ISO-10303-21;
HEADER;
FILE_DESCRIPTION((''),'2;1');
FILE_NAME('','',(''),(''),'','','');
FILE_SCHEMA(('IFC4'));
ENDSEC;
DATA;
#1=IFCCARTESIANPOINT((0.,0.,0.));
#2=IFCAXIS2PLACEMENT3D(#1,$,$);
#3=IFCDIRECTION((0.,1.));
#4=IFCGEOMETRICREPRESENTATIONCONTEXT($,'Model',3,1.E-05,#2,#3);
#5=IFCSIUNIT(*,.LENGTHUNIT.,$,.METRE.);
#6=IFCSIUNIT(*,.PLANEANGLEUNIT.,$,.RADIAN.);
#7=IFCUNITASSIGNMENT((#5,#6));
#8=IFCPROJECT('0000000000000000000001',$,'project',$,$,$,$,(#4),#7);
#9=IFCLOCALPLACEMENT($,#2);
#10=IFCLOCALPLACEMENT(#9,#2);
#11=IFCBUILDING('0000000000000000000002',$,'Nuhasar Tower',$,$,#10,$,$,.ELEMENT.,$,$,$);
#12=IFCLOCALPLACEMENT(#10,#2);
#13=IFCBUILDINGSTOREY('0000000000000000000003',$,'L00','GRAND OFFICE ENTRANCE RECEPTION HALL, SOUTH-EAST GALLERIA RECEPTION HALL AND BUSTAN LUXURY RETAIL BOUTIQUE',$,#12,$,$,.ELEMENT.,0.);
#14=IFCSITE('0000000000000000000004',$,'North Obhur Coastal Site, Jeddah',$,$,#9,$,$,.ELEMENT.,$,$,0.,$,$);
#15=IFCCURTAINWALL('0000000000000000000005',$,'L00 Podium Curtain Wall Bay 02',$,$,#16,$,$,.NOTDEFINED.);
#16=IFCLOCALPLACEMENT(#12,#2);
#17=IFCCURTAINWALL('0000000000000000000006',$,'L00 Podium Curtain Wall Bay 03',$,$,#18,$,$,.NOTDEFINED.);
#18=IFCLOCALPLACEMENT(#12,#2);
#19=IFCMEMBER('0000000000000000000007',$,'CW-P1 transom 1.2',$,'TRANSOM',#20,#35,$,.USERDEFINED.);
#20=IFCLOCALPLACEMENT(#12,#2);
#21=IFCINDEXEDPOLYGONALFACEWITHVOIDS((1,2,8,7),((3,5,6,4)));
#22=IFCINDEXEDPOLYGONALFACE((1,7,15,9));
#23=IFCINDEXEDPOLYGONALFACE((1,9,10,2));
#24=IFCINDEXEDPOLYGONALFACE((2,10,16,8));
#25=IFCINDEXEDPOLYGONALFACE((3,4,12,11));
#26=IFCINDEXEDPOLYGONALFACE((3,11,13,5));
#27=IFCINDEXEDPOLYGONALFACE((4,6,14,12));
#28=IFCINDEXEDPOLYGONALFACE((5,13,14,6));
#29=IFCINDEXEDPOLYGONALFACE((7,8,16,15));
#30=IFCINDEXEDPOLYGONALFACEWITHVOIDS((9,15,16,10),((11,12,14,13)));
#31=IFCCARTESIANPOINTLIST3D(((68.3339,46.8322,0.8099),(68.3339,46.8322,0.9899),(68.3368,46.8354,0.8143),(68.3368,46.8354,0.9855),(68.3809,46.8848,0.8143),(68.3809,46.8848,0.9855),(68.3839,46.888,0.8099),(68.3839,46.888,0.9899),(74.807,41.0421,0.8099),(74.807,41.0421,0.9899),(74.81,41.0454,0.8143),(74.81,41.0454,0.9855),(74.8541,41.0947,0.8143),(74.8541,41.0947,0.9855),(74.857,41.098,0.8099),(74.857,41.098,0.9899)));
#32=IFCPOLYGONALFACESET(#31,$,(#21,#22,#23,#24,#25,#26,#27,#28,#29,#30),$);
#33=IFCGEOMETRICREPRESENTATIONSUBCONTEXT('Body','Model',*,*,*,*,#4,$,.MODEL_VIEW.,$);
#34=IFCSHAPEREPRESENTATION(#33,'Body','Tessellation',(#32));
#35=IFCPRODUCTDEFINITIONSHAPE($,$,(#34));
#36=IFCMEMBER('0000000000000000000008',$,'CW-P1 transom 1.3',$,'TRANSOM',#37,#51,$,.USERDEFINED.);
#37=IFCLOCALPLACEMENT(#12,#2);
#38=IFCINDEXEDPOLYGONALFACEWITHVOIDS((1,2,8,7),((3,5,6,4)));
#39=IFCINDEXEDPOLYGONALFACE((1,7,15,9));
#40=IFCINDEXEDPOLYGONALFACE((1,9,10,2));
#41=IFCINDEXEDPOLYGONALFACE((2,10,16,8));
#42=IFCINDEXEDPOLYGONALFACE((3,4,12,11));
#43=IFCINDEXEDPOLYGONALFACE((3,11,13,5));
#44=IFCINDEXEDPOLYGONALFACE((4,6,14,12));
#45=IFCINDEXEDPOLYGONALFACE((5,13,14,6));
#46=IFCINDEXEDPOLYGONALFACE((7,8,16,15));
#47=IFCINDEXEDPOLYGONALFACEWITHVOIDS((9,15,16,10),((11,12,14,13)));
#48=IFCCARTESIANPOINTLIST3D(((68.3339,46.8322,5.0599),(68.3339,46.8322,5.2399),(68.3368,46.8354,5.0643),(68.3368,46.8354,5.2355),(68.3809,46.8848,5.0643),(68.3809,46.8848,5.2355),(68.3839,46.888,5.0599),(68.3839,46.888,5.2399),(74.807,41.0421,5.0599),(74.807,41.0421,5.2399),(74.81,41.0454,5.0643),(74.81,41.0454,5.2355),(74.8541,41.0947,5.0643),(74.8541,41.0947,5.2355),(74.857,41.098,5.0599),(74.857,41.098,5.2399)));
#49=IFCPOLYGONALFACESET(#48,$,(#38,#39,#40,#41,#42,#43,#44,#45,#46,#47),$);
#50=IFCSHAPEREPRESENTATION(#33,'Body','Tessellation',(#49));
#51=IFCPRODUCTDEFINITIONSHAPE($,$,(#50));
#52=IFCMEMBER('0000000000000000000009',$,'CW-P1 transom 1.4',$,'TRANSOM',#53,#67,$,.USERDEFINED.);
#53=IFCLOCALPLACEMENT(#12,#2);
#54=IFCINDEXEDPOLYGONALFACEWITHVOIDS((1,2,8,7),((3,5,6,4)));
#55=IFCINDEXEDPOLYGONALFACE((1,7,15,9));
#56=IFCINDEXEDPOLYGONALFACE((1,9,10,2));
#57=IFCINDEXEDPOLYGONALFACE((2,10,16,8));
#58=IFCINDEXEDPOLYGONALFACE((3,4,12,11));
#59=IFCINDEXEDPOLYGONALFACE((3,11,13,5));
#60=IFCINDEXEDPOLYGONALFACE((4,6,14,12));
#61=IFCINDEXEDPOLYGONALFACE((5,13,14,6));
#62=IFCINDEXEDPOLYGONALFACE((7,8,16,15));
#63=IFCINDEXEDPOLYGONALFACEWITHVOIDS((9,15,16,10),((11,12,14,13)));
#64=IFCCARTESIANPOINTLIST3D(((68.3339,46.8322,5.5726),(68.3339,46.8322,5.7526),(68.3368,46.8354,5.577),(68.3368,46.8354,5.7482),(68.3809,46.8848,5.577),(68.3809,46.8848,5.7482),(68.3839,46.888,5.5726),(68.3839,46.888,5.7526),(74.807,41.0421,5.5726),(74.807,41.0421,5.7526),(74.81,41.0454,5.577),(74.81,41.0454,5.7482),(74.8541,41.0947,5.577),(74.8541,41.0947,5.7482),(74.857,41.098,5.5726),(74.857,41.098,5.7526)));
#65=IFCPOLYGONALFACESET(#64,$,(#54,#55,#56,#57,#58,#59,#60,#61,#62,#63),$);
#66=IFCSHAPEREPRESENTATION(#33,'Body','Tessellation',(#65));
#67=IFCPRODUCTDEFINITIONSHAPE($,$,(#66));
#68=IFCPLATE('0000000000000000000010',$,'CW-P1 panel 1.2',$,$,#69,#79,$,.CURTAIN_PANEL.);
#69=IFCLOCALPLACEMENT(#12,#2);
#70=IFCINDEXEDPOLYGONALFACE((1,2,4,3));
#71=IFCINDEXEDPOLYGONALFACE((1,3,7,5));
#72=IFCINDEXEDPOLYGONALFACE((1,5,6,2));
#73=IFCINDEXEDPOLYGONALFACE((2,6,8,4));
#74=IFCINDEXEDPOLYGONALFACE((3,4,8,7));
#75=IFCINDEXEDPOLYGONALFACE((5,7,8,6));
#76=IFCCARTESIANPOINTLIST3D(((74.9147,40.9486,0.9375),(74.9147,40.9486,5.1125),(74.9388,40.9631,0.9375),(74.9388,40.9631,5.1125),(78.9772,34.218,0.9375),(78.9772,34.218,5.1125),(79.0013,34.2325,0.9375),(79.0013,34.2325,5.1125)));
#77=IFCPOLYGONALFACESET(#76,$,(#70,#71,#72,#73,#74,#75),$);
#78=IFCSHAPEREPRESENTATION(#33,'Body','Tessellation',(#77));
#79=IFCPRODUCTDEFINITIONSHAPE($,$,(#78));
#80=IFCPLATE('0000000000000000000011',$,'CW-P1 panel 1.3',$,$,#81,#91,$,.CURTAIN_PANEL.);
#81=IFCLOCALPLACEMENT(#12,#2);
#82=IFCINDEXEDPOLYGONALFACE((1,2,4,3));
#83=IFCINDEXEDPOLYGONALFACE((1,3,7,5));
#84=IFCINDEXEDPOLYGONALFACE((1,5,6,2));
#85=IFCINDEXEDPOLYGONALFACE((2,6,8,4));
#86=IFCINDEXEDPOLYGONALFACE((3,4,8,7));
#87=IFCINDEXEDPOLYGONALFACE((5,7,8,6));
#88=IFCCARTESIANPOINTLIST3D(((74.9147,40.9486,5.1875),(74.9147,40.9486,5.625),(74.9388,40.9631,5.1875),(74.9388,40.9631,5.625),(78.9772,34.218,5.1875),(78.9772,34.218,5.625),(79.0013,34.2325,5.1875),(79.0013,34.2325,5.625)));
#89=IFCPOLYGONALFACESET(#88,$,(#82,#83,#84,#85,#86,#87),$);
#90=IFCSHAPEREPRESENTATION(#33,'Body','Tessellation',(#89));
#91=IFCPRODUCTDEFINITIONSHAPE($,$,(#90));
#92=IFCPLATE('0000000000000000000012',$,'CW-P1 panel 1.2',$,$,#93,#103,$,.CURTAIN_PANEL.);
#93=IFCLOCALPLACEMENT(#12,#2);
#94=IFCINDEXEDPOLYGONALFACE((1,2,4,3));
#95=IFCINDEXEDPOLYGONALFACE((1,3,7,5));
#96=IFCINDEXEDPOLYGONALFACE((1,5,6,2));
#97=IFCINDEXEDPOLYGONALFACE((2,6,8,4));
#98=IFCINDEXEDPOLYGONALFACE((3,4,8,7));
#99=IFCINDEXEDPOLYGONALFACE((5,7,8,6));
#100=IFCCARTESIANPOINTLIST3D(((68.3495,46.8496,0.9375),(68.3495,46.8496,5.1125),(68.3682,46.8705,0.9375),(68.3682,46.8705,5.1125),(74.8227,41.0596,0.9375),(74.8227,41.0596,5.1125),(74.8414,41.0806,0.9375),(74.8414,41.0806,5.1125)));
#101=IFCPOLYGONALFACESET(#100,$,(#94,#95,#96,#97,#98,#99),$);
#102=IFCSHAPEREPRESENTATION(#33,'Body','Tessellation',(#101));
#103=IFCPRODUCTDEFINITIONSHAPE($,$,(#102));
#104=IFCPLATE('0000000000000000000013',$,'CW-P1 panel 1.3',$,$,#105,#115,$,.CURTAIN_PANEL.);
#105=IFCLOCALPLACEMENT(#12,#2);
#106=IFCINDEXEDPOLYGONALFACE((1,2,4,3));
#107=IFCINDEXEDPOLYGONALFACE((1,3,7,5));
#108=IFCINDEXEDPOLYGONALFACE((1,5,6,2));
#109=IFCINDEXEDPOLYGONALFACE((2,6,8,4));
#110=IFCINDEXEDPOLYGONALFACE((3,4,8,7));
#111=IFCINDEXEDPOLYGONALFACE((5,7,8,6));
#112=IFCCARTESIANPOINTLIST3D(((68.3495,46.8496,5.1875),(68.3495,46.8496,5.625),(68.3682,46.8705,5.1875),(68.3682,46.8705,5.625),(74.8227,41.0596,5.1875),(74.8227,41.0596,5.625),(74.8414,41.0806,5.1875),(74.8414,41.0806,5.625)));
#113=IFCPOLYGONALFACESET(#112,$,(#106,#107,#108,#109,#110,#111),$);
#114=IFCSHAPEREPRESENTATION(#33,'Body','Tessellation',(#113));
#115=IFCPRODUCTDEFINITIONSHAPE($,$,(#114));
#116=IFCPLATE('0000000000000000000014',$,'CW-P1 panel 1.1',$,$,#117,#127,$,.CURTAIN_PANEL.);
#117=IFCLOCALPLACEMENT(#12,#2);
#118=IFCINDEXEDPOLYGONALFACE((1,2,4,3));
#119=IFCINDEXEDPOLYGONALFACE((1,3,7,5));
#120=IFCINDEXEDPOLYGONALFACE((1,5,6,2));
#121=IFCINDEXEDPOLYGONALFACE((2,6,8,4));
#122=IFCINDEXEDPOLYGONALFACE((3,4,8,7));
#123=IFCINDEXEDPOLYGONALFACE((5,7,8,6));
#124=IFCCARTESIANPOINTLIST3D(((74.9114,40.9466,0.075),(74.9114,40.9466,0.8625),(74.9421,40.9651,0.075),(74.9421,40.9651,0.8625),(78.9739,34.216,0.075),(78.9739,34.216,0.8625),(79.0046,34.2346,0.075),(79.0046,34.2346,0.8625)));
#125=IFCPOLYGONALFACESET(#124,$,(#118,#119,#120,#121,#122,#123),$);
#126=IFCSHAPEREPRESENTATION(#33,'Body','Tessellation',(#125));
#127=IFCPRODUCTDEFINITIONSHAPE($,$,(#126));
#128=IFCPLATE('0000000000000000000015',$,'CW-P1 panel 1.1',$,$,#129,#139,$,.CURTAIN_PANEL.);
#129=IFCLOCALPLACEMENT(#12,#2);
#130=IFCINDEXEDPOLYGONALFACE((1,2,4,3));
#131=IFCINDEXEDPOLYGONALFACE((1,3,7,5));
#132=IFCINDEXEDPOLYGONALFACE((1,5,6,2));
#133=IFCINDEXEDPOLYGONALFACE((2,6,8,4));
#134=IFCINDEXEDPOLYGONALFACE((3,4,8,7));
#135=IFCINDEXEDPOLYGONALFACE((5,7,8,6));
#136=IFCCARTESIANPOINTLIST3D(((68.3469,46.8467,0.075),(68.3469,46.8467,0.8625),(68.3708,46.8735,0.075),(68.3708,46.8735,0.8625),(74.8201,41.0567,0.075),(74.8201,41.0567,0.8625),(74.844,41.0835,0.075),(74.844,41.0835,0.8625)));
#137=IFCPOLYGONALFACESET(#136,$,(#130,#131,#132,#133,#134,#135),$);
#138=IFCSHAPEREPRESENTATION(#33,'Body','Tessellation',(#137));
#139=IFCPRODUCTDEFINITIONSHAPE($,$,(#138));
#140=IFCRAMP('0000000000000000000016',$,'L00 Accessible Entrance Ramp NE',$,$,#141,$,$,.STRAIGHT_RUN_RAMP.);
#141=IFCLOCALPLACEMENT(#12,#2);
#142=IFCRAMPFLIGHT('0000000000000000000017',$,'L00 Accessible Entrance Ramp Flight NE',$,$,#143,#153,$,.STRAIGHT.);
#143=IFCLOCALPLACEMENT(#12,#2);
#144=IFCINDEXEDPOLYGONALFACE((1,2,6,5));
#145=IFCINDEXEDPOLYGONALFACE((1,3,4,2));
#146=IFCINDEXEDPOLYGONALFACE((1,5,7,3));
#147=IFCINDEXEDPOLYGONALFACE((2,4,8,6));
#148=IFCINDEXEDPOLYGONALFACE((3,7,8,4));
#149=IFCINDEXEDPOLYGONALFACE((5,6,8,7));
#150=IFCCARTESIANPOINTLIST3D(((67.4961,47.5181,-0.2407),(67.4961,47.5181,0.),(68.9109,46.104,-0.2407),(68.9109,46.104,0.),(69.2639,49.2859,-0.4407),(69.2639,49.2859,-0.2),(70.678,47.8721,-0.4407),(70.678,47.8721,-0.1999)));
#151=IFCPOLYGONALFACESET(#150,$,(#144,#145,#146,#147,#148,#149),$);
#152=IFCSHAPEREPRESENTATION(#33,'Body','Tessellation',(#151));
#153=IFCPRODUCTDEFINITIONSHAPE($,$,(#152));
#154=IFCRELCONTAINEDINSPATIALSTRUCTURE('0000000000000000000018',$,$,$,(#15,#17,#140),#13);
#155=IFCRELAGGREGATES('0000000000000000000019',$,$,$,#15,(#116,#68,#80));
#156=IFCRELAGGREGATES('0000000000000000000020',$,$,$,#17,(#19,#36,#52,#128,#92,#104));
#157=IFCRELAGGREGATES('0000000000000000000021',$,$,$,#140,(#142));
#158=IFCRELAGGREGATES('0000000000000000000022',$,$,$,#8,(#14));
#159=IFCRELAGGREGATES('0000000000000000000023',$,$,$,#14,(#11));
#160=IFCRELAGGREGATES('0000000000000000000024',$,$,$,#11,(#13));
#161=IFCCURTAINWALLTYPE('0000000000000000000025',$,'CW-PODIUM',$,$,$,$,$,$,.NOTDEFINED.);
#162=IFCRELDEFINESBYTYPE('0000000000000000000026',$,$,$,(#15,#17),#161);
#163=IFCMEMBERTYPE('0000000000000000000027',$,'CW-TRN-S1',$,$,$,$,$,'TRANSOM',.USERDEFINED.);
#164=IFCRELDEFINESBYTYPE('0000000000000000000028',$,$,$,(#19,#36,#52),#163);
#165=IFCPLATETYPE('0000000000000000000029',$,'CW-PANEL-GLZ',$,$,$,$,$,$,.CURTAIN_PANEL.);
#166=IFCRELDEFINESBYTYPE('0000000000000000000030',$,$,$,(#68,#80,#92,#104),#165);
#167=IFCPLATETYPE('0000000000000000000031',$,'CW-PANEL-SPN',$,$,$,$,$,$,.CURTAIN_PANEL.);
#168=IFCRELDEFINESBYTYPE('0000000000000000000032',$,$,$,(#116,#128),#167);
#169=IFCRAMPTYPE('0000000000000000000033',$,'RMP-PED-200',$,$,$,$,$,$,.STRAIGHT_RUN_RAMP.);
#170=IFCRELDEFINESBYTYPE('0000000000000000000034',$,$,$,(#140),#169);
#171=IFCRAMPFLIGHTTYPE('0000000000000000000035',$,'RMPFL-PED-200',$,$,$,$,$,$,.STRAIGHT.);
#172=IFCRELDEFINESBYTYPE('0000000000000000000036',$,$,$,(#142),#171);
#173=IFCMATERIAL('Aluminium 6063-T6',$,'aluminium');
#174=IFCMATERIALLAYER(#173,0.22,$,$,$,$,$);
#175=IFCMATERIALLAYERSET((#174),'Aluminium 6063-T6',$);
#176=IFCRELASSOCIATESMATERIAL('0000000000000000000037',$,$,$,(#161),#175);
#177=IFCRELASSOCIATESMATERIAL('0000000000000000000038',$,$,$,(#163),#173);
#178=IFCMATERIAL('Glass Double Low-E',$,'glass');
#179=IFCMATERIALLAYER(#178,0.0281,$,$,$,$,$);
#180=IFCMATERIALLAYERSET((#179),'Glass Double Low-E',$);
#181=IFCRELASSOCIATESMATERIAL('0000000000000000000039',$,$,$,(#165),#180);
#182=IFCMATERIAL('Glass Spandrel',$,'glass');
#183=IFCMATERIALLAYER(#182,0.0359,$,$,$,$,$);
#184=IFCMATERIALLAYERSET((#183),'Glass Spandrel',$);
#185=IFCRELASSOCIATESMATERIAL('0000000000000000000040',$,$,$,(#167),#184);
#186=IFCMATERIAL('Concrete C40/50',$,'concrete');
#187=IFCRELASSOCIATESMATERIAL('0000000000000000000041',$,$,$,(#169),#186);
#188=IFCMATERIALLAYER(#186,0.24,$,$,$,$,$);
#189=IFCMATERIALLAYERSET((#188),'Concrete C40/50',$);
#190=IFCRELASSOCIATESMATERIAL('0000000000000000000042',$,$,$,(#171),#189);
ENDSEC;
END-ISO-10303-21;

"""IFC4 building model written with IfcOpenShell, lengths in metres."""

from ifc_helpers import new_model, si_unit, direction, frame, origin, origin_2d, place, context, subcontext, project, spatial, polyline, rectangle, hollow_rectangle, outline, extrude, material, layer, layer_set, material_profile, profile_set, type_object, element, aggregate, save


model = new_model("IFC4")

# Units and contexts
model_context = context("Model", 3, precision=1e-05, world=origin(), true_north=direction((0.0, 1.0)))
body_context = subcontext(model_context, "Body", "Model", "MODEL_VIEW")
ifc_project = project(units=[si_unit("LENGTHUNIT", "METRE"), si_unit("PLANEANGLEUNIT", "RADIAN")], contexts=[model_context])

# Site, building, storey
site_placement = place(None, origin())
site = spatial("IfcSite", under=ifc_project, at=site_placement, Name="North Obhur Coastal Site, Jeddah", CompositionType="ELEMENT", RefElevation=0.0)
building_placement = place(site_placement, origin())
building = spatial("IfcBuilding", under=site, at=building_placement, Name="Nuhasar Tower", CompositionType="ELEMENT")
storey_placement = place(building_placement, origin())
storey = spatial("IfcBuildingStorey", under=building, at=storey_placement, Name="L00", Description="GRAND OFFICE ENTRANCE RECEPTION HALL, SOUTH-EAST GALLERIA RECEPTION HALL AND BUSTAN LUXURY RETAIL BOUTIQUE", CompositionType="ELEMENT", Elevation=0.0)

# Shared definitions
ifc_material_1 = material(Name="Concrete C40/50", Category="concrete")

# Curtain wall
ifc_material_2 = material(Name="Aluminium 6063-T6", Category="aluminium")
ifc_layer_1 = layer(ifc_material_2, 0.22)
ifc_layer_set_1 = layer_set([ifc_layer_1], Name="Aluminium 6063-T6")
curtain_wall_type = type_object("IfcCurtainWallType", Name="CW-PODIUM", PredefinedType="NOTDEFINED", material=ifc_layer_set_1)
curtain_wall_1_placement = place(storey_placement, origin())
curtain_wall_1 = element("IfcCurtainWall", 1, at=curtain_wall_1_placement, inside=storey, type_object=curtain_wall_type, Name="L00 Podium Curtain Wall Bay 02", PredefinedType="NOTDEFINED")

# Curtain wall, members
curtain_wall_2_placement = place(storey_placement, origin())
curtain_wall_2 = element("IfcCurtainWall", 2, at=curtain_wall_2_placement, inside=storey, type_object=curtain_wall_type, Name="L00 Podium Curtain Wall Bay 03", PredefinedType="NOTDEFINED")
ifc_material_profile_1 = material_profile(ifc_material_2, hollow_rectangle(XDim=0.075, YDim=0.1799, WallThickness=0.0044, at=origin_2d()), Name="CWT-1")
ifc_profile_set_1 = profile_set([ifc_material_profile_1], Name="Aluminium 6063-T6")
member_type_1 = type_object("IfcMemberType", Name="CW-TRN-S1", ElementType="TRANSOM", PredefinedType="USERDEFINED", material=ifc_profile_set_1)
member_1_placement = place(storey_placement, frame((74.832, 41.0701, 0.8999), z_axis=(-0.74534, 0.666685, 0.0), x_axis=(-0.666685, -0.74534, 0.0)))
member_1 = element("IfcMember", 3, at=member_1_placement, type_object=member_type_1, Name="CW-P1 transom 1.2", ObjectType="TRANSOM", PredefinedType="USERDEFINED", context=body_context, shape_type="SweptSolid", body=[
    extrude(hollow_rectangle(XDim=0.075, YDim=0.1799, WallThickness=0.0044, at=origin_2d()), origin(), (0.0, 0.0, 1.0), 8.6848),
])
member_2_placement = place(storey_placement, frame((74.832, 41.0701, 5.1499), z_axis=(-0.74534, 0.666685, 0.0), x_axis=(-0.666685, -0.74534, 0.0)))
member_2 = element("IfcMember", 4, at=member_2_placement, type_object=member_type_1, Name="CW-P1 transom 1.3", ObjectType="TRANSOM", PredefinedType="USERDEFINED", context=body_context, shape_type="SweptSolid", body=[
    extrude(hollow_rectangle(XDim=0.075, YDim=0.1799, WallThickness=0.0044, at=origin_2d()), origin(), (0.0, 0.0, 1.0), 8.6848),
])
member_3_placement = place(storey_placement, frame((74.832, 41.0701, 5.6626), z_axis=(-0.74534, 0.666685, 0.0), x_axis=(-0.666685, -0.74534, 0.0)))
member_3 = element("IfcMember", 5, at=member_3_placement, type_object=member_type_1, Name="CW-P1 transom 1.4", ObjectType="TRANSOM", PredefinedType="USERDEFINED", context=body_context, shape_type="SweptSolid", body=[
    extrude(hollow_rectangle(XDim=0.075, YDim=0.1799, WallThickness=0.0044, at=origin_2d()), origin(), (0.0, 0.0, 1.0), 8.6848),
])

# Plates
ifc_material_3 = material(Name="Glass Double Low-E", Category="glass")
ifc_layer_2 = layer(ifc_material_3, 0.0281)
ifc_layer_set_2 = layer_set([ifc_layer_2], Name="Glass Double Low-E")
plate_type_1 = type_object("IfcPlateType", Name="CW-PANEL-GLZ", PredefinedType="CURTAIN_PANEL", material=ifc_layer_set_2)
plate_1_placement = place(storey_placement, frame((76.958, 37.5906, 0.9375), z_axis=(0.0, 0.0, 1.0), x_axis=(-0.516752, 0.856135, 0.0)))
plate_1 = element("IfcPlate", 6, at=plate_1_placement, type_object=plate_type_1, Name="CW-P1 panel 1.2", PredefinedType="CURTAIN_PANEL", context=body_context, shape_type="SweptSolid", body=[
    extrude(rectangle(XDim=7.8616, YDim=0.0281, at=origin_2d()), origin(), (0.0, 0.0, 1.0), 4.175),
])
plate_2_placement = place(storey_placement, frame((76.958, 37.5906, 5.1875), z_axis=(0.0, 0.0, 1.0), x_axis=(-0.516752, 0.856135, 0.0)))
plate_2 = element("IfcPlate", 7, at=plate_2_placement, type_object=plate_type_1, Name="CW-P1 panel 1.3", PredefinedType="CURTAIN_PANEL", context=body_context, shape_type="SweptSolid", body=[
    extrude(rectangle(XDim=7.8616, YDim=0.0281, at=origin_2d()), origin(), (0.0, 0.0, 1.0), 0.4375),
])
plate_3_placement = place(storey_placement, frame((71.5955, 43.9651, 0.9375), z_axis=(0.0, 0.0, 1.0), x_axis=(-0.745345, 0.666679, 0.0)))
plate_3 = element("IfcPlate", 8, at=plate_3_placement, type_object=plate_type_1, Name="CW-P1 panel 1.2", PredefinedType="CURTAIN_PANEL", context=body_context, shape_type="SweptSolid", body=[
    extrude(rectangle(XDim=8.6848, YDim=0.0281, at=origin_2d()), origin(), (0.0, 0.0, 1.0), 4.175),
])
plate_4_placement = place(storey_placement, frame((71.5955, 43.9651, 5.1875), z_axis=(0.0, 0.0, 1.0), x_axis=(-0.745345, 0.666679, 0.0)))
plate_4 = element("IfcPlate", 9, at=plate_4_placement, type_object=plate_type_1, Name="CW-P1 panel 1.3", PredefinedType="CURTAIN_PANEL", context=body_context, shape_type="SweptSolid", body=[
    extrude(rectangle(XDim=8.6848, YDim=0.0281, at=origin_2d()), origin(), (0.0, 0.0, 1.0), 0.4375),
])
ifc_material_4 = material(Name="Glass Spandrel", Category="glass")
ifc_layer_3 = layer(ifc_material_4, 0.0359)
ifc_layer_set_3 = layer_set([ifc_layer_3], Name="Glass Spandrel")
plate_type_2 = type_object("IfcPlateType", Name="CW-PANEL-SPN", PredefinedType="CURTAIN_PANEL", material=ifc_layer_set_3)
plate_5_placement = place(storey_placement, frame((76.958, 37.5906, 0.075), z_axis=(0.0, 0.0, 1.0), x_axis=(-0.516752, 0.856135, 0.0)))
plate_5 = element("IfcPlate", 10, at=plate_5_placement, type_object=plate_type_2, Name="CW-P1 panel 1.1", PredefinedType="CURTAIN_PANEL", context=body_context, shape_type="SweptSolid", body=[
    extrude(rectangle(XDim=7.8616, YDim=0.0359, at=origin_2d()), origin(), (0.0, 0.0, 1.0), 0.7876),
])
aggregate(curtain_wall_1, [plate_5, plate_1, plate_2])
plate_6_placement = place(storey_placement, frame((71.5955, 43.9651, 0.075), z_axis=(0.0, 0.0, 1.0), x_axis=(-0.745345, 0.666679, 0.0)))
plate_6 = element("IfcPlate", 11, at=plate_6_placement, type_object=plate_type_2, Name="CW-P1 panel 1.1", PredefinedType="CURTAIN_PANEL", context=body_context, shape_type="SweptSolid", body=[
    extrude(rectangle(XDim=8.6848, YDim=0.0359, at=origin_2d()), origin(), (0.0, 0.0, 1.0), 0.7876),
])
aggregate(curtain_wall_2, [member_1, member_2, member_3, plate_6, plate_3, plate_4])

# Ramp, ramp flight
ramp_type = type_object("IfcRampType", Name="RMP-PED-200", PredefinedType="STRAIGHT_RUN_RAMP", material=ifc_material_1)
ramp_placement = place(storey_placement, origin())
ramp = element("IfcRamp", 12, at=ramp_placement, inside=storey, type_object=ramp_type, Name="L00 Accessible Entrance Ramp NE", PredefinedType="STRAIGHT_RUN_RAMP")
ifc_layer_4 = layer(ifc_material_1, 0.24)
ifc_layer_set_4 = layer_set([ifc_layer_4], Name="Concrete C40/50")
ramp_flight_type = type_object("IfcRampFlightType", Name="RMPFL-PED-200", PredefinedType="STRAIGHT", material=ifc_layer_set_4)
ramp_flight_placement = place(storey_placement, frame((68.9109, 46.104, 0.0), z_axis=(0.056367, 0.056387, 0.996817), x_axis=(0.704661, 0.70505, -0.079729)))
ramp_flight = element("IfcRampFlight", 13, at=ramp_flight_placement, type_object=ramp_flight_type, Name="L00 Accessible Entrance Ramp Flight NE", PredefinedType="STRAIGHT", context=body_context, shape_type="SweptSolid", body=[
    extrude(outline(polyline([(0.0, 0.0), (2.5077, 0.0), (2.5081, 1.9996), (0.0, 2.0003), (0.0, 0.0)])), origin(), (0.079729, -0.000008, -0.996817), 0.2407),
])
aggregate(ramp, [ramp_flight])

save(model, "model.ifc")
